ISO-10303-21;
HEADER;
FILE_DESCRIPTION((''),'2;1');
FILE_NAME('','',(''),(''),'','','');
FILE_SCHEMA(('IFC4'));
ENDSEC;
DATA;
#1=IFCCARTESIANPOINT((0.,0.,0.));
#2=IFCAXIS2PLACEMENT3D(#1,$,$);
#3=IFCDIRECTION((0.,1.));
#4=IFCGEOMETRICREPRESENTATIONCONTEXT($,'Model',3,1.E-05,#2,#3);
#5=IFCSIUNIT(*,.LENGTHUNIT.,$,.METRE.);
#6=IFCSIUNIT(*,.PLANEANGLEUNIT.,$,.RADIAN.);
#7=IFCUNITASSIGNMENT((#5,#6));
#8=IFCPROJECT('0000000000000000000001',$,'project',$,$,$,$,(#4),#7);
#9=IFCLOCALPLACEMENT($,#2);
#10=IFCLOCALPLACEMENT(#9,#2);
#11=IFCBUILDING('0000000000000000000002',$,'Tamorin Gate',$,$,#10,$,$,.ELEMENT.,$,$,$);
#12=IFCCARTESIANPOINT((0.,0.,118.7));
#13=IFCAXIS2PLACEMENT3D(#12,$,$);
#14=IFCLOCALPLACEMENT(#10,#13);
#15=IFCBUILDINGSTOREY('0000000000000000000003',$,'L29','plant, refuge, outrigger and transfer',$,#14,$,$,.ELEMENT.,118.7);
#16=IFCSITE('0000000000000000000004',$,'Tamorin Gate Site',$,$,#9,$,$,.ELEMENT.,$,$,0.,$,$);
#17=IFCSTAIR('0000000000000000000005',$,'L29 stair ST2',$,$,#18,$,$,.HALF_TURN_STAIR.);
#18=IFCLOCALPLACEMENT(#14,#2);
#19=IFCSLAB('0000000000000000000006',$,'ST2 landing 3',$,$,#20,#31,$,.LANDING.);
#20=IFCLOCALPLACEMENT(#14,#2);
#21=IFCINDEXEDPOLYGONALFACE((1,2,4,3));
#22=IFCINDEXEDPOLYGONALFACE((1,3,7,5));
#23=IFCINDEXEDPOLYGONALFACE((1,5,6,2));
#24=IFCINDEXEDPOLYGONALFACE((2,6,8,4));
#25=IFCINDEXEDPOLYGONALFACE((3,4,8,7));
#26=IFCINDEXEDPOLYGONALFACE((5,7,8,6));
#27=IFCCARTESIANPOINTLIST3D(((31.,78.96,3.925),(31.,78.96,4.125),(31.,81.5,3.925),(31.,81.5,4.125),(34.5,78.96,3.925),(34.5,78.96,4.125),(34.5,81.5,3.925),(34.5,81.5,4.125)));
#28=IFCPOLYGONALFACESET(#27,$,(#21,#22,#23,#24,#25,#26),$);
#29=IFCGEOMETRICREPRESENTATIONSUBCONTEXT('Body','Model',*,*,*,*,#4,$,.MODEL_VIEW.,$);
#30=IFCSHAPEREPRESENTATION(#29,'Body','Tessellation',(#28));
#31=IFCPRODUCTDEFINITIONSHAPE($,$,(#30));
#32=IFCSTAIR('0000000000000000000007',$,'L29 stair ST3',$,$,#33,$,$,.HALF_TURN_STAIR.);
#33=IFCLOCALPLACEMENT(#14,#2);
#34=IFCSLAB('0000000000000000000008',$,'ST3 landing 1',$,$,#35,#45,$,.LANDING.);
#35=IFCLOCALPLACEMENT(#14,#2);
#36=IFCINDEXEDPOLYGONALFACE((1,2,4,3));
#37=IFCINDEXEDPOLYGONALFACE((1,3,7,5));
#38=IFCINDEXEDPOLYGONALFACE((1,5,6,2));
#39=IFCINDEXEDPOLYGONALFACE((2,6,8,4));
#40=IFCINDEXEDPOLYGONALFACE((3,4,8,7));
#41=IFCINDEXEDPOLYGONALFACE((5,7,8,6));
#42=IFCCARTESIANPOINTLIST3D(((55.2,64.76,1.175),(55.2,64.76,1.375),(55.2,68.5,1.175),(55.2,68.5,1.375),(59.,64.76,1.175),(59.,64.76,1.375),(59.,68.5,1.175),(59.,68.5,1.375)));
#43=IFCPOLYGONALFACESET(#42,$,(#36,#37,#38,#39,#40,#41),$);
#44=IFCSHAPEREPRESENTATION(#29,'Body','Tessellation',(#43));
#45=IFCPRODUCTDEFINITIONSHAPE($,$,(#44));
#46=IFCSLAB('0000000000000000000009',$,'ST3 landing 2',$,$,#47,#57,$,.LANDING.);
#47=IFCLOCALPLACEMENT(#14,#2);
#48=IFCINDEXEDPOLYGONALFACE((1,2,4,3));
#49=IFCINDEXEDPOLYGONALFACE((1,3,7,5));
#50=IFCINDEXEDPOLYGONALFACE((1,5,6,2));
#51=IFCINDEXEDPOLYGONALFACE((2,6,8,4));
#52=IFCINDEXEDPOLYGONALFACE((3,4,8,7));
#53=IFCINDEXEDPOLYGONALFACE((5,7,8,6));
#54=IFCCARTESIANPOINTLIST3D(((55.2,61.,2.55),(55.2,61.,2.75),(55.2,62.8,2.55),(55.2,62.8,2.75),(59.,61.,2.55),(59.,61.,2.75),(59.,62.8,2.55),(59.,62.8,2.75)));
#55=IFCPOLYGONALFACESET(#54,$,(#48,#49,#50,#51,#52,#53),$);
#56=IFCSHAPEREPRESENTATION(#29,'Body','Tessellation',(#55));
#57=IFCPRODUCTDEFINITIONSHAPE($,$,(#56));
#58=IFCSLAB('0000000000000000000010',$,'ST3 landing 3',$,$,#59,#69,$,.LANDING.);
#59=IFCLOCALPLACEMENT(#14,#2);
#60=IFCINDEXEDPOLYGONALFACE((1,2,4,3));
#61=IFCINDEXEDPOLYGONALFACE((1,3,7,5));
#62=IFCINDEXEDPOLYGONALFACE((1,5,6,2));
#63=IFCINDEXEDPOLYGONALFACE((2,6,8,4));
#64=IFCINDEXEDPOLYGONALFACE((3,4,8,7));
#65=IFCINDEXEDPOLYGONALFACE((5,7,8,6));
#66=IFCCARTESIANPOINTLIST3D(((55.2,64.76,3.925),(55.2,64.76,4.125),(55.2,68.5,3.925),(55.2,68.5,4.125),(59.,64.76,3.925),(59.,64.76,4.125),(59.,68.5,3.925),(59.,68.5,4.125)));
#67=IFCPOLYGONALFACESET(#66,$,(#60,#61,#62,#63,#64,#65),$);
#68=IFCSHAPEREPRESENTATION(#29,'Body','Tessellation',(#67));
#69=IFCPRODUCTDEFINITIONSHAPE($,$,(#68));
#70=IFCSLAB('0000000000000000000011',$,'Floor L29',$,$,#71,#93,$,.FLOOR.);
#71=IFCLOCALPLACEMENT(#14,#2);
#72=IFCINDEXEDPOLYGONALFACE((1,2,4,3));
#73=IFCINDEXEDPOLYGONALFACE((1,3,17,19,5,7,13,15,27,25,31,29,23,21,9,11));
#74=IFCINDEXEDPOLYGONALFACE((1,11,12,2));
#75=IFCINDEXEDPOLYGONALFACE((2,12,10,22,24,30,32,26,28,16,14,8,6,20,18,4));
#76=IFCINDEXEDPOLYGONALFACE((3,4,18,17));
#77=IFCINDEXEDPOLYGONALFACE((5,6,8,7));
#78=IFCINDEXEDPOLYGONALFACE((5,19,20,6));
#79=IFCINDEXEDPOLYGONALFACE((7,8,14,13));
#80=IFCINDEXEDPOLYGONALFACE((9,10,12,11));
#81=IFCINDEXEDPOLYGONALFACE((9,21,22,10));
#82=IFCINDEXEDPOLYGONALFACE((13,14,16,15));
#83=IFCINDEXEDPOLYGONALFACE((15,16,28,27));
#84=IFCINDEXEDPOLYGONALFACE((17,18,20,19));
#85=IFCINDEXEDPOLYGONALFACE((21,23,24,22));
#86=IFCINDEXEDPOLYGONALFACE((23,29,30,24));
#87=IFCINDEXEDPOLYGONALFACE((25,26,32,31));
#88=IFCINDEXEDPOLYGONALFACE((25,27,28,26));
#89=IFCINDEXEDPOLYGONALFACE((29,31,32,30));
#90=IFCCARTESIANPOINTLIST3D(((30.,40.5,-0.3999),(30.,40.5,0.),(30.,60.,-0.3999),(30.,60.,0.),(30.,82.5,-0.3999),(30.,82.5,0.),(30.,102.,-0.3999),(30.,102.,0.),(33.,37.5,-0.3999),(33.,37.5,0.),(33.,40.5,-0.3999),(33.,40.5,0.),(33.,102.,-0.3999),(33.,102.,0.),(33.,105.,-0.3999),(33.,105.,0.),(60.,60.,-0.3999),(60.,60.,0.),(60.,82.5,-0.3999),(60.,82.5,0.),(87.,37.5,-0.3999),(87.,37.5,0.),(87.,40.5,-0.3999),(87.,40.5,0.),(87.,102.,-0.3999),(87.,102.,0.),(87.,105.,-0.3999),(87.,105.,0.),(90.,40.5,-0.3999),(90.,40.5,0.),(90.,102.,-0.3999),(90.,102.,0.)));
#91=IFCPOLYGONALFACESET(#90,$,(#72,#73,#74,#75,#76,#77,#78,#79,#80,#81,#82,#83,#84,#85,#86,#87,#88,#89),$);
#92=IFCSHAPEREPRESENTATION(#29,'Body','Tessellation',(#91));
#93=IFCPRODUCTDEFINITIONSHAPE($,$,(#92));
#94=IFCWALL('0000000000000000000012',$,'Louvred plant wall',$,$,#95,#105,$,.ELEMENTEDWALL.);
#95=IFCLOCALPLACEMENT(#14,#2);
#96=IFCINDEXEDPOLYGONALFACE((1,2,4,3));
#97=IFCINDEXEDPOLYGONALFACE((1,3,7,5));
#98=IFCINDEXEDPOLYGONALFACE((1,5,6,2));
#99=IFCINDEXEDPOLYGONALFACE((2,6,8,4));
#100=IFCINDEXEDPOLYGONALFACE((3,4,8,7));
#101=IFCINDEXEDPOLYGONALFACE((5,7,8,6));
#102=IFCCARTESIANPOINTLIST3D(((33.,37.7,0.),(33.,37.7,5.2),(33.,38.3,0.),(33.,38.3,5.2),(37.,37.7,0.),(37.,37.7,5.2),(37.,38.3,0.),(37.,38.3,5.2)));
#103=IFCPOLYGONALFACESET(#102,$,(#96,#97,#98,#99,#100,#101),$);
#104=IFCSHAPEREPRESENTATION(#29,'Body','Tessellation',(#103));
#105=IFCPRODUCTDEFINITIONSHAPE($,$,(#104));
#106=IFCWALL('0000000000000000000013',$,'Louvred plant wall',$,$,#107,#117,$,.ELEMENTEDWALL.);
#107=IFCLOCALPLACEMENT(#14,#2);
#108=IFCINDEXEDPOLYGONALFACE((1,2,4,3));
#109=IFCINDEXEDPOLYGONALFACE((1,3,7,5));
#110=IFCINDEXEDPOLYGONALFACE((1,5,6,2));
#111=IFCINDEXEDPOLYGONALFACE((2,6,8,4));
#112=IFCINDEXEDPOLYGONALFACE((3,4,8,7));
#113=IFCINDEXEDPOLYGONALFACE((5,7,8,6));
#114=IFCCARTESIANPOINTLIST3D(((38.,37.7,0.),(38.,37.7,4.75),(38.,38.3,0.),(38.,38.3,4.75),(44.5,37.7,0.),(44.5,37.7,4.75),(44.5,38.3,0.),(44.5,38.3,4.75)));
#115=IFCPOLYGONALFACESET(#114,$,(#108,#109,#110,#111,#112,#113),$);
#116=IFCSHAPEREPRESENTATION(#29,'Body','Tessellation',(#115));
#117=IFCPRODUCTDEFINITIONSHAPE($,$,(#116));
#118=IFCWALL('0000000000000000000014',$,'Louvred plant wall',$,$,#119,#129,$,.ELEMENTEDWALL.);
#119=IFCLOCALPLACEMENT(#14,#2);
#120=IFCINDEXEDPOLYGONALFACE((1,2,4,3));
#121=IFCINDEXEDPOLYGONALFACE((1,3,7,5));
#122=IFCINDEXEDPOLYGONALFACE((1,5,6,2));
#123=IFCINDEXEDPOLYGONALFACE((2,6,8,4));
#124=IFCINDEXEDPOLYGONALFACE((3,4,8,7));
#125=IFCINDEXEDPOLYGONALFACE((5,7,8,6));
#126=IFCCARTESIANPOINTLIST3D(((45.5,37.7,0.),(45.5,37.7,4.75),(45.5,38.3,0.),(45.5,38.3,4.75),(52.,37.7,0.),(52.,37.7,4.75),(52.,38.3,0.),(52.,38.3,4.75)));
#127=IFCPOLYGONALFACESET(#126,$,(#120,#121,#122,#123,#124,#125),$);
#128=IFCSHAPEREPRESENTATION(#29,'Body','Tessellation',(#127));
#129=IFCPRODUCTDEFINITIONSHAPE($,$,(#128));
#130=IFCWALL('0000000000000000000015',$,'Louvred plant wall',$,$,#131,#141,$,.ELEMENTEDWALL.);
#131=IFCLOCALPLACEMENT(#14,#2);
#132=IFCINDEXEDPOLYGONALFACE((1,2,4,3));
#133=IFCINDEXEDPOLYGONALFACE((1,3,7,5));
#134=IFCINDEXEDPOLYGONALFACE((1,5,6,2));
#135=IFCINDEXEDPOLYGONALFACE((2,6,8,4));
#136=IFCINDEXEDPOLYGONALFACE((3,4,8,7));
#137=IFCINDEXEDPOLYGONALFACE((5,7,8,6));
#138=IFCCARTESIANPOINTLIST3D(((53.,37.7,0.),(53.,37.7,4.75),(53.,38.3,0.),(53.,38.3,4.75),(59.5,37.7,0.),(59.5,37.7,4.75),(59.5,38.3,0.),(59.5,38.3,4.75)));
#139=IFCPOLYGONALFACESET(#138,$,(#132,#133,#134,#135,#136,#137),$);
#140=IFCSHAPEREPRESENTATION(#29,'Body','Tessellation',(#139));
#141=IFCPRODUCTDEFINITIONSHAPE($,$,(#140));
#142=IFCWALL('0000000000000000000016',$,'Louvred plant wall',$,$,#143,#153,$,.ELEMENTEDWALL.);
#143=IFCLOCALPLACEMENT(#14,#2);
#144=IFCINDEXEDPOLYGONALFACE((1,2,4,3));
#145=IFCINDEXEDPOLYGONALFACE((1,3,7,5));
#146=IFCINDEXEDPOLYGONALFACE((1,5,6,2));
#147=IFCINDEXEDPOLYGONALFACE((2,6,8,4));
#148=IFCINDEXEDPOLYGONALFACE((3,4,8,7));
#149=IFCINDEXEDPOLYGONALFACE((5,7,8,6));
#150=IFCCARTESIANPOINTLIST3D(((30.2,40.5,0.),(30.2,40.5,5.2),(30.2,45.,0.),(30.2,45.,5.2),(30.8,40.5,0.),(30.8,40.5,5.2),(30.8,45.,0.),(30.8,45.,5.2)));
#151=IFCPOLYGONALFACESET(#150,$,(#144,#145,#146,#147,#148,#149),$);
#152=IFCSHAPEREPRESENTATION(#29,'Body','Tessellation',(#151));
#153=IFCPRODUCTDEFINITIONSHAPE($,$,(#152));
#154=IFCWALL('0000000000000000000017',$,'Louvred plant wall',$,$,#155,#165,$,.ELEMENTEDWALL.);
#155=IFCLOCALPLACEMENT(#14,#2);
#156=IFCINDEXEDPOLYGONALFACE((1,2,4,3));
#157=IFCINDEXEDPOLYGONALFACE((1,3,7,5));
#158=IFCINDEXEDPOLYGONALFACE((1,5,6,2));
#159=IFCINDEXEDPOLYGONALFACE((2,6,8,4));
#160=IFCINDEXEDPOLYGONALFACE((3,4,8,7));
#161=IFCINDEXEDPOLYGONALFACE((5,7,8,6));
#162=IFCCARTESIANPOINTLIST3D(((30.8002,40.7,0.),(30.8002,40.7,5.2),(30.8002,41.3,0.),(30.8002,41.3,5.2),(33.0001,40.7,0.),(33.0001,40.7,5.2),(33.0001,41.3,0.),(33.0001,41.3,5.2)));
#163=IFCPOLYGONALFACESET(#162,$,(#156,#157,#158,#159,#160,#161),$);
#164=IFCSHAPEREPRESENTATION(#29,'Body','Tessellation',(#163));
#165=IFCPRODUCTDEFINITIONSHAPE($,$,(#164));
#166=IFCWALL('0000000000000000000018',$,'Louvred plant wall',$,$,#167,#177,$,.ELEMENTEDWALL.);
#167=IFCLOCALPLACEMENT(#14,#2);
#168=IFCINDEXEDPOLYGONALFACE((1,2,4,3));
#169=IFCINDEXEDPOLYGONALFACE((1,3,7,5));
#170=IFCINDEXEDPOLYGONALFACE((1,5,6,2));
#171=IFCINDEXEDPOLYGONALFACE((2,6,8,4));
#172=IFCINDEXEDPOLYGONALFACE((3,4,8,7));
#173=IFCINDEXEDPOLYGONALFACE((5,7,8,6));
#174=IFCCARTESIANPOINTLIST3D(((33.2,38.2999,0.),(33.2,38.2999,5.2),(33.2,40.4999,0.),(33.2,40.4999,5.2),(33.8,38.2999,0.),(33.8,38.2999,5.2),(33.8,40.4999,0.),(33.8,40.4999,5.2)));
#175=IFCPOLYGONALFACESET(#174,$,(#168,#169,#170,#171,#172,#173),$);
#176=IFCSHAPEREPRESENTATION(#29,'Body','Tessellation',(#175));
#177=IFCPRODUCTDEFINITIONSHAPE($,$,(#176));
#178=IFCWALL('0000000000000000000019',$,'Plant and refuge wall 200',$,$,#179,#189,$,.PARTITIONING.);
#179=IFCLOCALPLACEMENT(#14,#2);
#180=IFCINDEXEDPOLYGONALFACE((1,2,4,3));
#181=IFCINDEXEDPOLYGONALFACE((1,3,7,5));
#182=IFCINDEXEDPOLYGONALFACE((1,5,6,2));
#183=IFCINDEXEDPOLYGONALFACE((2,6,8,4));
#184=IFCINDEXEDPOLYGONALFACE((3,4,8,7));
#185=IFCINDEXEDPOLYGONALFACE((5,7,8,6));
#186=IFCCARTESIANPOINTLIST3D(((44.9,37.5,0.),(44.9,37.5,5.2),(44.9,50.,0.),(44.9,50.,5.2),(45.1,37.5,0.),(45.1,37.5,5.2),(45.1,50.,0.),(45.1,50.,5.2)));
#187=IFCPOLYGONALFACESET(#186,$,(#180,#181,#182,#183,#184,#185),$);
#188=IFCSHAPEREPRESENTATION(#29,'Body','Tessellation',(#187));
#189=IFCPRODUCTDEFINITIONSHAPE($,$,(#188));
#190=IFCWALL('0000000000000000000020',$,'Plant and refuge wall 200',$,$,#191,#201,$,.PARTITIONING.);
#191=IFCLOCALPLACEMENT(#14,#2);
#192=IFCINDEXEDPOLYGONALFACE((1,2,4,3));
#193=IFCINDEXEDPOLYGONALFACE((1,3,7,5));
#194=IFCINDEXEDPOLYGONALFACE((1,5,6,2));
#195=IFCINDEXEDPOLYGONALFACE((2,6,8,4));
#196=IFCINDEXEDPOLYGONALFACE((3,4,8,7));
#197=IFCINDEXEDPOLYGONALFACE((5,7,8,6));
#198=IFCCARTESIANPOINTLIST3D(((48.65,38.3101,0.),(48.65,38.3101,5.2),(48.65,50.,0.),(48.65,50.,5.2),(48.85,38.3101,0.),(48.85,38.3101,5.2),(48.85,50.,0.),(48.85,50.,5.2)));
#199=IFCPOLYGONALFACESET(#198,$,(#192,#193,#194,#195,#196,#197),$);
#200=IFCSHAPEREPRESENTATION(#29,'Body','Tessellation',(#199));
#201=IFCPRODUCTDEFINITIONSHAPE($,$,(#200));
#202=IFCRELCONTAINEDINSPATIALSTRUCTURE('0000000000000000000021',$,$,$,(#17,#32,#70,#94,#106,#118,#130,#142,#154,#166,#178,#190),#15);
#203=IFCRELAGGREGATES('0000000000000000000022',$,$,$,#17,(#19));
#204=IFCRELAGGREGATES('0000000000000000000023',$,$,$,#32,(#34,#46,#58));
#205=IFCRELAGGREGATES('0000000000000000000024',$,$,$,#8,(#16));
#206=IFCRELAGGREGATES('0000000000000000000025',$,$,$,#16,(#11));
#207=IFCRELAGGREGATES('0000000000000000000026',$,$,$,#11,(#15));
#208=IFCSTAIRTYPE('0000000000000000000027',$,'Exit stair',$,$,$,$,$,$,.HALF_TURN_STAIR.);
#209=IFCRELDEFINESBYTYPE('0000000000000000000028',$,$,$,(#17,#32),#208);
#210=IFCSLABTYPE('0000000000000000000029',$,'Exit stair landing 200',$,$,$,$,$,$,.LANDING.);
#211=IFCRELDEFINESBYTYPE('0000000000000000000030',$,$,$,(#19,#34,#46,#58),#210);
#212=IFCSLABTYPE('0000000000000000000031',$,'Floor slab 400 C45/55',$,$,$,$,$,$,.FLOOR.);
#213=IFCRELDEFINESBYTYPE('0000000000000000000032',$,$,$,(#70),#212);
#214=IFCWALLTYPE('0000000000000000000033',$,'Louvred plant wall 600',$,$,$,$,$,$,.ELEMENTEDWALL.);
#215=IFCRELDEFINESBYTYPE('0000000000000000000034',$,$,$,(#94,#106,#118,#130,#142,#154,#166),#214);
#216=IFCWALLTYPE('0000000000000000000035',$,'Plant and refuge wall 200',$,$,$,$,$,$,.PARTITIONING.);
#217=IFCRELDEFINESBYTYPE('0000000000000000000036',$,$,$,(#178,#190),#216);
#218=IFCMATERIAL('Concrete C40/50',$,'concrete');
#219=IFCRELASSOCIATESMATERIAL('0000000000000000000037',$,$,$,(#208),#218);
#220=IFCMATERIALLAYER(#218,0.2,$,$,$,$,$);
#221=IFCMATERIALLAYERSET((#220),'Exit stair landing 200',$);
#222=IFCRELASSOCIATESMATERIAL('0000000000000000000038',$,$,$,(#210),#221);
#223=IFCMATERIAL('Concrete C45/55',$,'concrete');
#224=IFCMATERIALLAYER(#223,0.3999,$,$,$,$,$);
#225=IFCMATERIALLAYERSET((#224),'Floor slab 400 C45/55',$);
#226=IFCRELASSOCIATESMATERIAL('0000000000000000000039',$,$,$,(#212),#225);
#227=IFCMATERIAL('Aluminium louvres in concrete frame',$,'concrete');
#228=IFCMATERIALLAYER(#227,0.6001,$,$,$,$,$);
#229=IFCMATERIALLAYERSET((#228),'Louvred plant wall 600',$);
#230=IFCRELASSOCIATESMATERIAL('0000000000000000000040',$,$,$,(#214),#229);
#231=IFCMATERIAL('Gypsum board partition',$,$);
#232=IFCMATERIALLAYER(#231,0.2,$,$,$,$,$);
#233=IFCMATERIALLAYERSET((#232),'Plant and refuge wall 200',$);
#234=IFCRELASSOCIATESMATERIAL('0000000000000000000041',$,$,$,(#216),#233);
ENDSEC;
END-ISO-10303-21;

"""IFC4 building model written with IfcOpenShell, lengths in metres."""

from ifc_helpers import new_model, si_unit, direction, frame, frame_2d, origin, place, context, subcontext, project, spatial, polyline, rectangle, outline, extrude, material, layer, layer_set, type_object, element, aggregate, save


model = new_model("IFC4")

# Units and contexts
model_context = context("Model", 3, precision=1e-05, world=origin(), true_north=direction((0.0, 1.0)))
body_context = subcontext(model_context, "Body", "Model", "MODEL_VIEW")
ifc_project = project(units=[si_unit("LENGTHUNIT", "METRE"), si_unit("PLANEANGLEUNIT", "RADIAN")], contexts=[model_context])

# Site, building, storey
site_placement = place(None, origin())
site = spatial("IfcSite", under=ifc_project, at=site_placement, Name="Tamorin Gate Site", CompositionType="ELEMENT", RefElevation=0.0)
building_placement = place(site_placement, origin())
building = spatial("IfcBuilding", under=site, at=building_placement, Name="Tamorin Gate", CompositionType="ELEMENT")
storey_placement = place(building_placement, frame((0.0, 0.0, 118.7)))
storey = spatial("IfcBuildingStorey", under=building, at=storey_placement, Name="L29", Description="plant, refuge, outrigger and transfer", CompositionType="ELEMENT", Elevation=118.7)

# Shared definitions
ifc_material_1 = material(Name="Concrete C40/50", Category="concrete")

# Stairs, slabs
stair_type = type_object("IfcStairType", Name="Exit stair", PredefinedType="HALF_TURN_STAIR", material=ifc_material_1)
ifc_layer_1 = layer(ifc_material_1, 0.2)
ifc_layer_set_1 = layer_set([ifc_layer_1], Name="Exit stair landing 200")
slab_type_1 = type_object("IfcSlabType", Name="Exit stair landing 200", PredefinedType="LANDING", material=ifc_layer_set_1)
stair_1_placement = place(storey_placement, origin())
stair_1 = element("IfcStair", 1, at=stair_1_placement, inside=storey, type_object=stair_type, Name="L29 stair ST2", PredefinedType="HALF_TURN_STAIR")
slab_1_placement = place(storey_placement, frame((0.0, 0.0, 3.925)))
slab_1 = element("IfcSlab", 2, at=slab_1_placement, type_object=slab_type_1, Name="ST2 landing 3", PredefinedType="LANDING", context=body_context, shape_type="SweptSolid", body=[
    extrude(outline(polyline([(34.5, 78.96), (34.5, 81.5), (31.0, 81.5), (31.0, 78.96), (34.5, 78.96)])), origin(), (0.0, 0.0, 1.0), 0.2),
])
aggregate(stair_1, [slab_1])
stair_2_placement = place(storey_placement, origin())
stair_2 = element("IfcStair", 3, at=stair_2_placement, inside=storey, type_object=stair_type, Name="L29 stair ST3", PredefinedType="HALF_TURN_STAIR")
slab_2_placement = place(storey_placement, frame((0.0, 0.0, 1.175)))
slab_2 = element("IfcSlab", 4, at=slab_2_placement, type_object=slab_type_1, Name="ST3 landing 1", PredefinedType="LANDING", context=body_context, shape_type="SweptSolid", body=[
    extrude(outline(polyline([(59.0, 64.76), (59.0, 68.5), (55.2, 68.5), (55.2, 64.76), (59.0, 64.76)])), origin(), (0.0, 0.0, 1.0), 0.2),
])
slab_3_placement = place(storey_placement, frame((0.0, 0.0, 2.55)))
slab_3 = element("IfcSlab", 5, at=slab_3_placement, type_object=slab_type_1, Name="ST3 landing 2", PredefinedType="LANDING", context=body_context, shape_type="SweptSolid", body=[
    extrude(outline(polyline([(59.0, 61.0), (59.0, 62.8), (55.2, 62.8), (55.2, 61.0), (59.0, 61.0)])), origin(), (0.0, 0.0, 1.0), 0.2),
])
slab_4_placement = place(storey_placement, frame((0.0, 0.0, 3.925)))
slab_4 = element("IfcSlab", 6, at=slab_4_placement, type_object=slab_type_1, Name="ST3 landing 3", PredefinedType="LANDING", context=body_context, shape_type="SweptSolid", body=[
    extrude(outline(polyline([(59.0, 64.76), (59.0, 68.5), (55.2, 68.5), (55.2, 64.76), (59.0, 64.76)])), origin(), (0.0, 0.0, 1.0), 0.2),
])
aggregate(stair_2, [slab_2, slab_3, slab_4])

# Slab
ifc_material_2 = material(Name="Concrete C45/55", Category="concrete")
ifc_layer_2 = layer(ifc_material_2, 0.3999)
ifc_layer_set_2 = layer_set([ifc_layer_2], Name="Floor slab 400 C45/55")
slab_type_2 = type_object("IfcSlabType", Name="Floor slab 400 C45/55", PredefinedType="FLOOR", material=ifc_layer_set_2)
slab_5_placement = place(storey_placement, frame((0.0, 0.0, -0.3999)))
element("IfcSlab", 7, at=slab_5_placement, inside=storey, type_object=slab_type_2, Name="Floor L29", PredefinedType="FLOOR", context=body_context, shape_type="SweptSolid", body=[
    extrude(outline(polyline([(30.0, 102.0), (33.0, 102.0), (33.0, 105.0), (87.0, 105.0), (87.0, 102.0), (90.0, 102.0), (90.0, 40.5), (87.0, 40.5), (87.0, 37.5), (33.0, 37.5), (33.0, 40.5), (30.0, 40.5), (30.0, 60.0), (60.0, 60.0), (60.0, 82.5), (30.0, 82.5), (30.0, 102.0)])), origin(), (0.0, 0.0, 1.0), 0.3999),
])

# Walls
ifc_material_3 = material(Name="Aluminium louvres in concrete frame", Category="concrete")
ifc_layer_3 = layer(ifc_material_3, 0.6001)
ifc_layer_set_3 = layer_set([ifc_layer_3], Name="Louvred plant wall 600")
wall_type_1 = type_object("IfcWallType", Name="Louvred plant wall 600", PredefinedType="ELEMENTEDWALL", material=ifc_layer_set_3)
wall_1_placement = place(storey_placement, frame((33.0, 38.0, 0.0), z_axis=(0.0, 0.0, 1.0), x_axis=(1.0, 0.0, 0.0)))
element("IfcWall", 8, at=wall_1_placement, inside=storey, type_object=wall_type_1, Name="Louvred plant wall", PredefinedType="ELEMENTEDWALL", context=body_context, shape_type="SweptSolid", body=[
    extrude(rectangle(XDim=4.0, YDim=0.6001, at=frame_2d((2.0, 0.0))), origin(), (0.0, 0.0, 1.0), 5.2),
])
for number, where, z_axis, x_axis, name in (
    (9, (38.0, 38.0, 0.0), (0.0, 0.0, 1.0), (1.0, 0.0, 0.0), "Louvred plant wall"),
    (10, (45.5, 38.0, 0.0), (0.0, 0.0, 1.0), (1.0, 0.0, 0.0), "Louvred plant wall"),
    (11, (53.0, 38.0, 0.0), (0.0, 0.0, 1.0), (1.0, 0.0, 0.0), "Louvred plant wall"),
):
    element("IfcWall", number, at=place(storey_placement, frame(where, z_axis=z_axis, x_axis=x_axis)), inside=storey, type_object=wall_type_1, Name=name, PredefinedType="ELEMENTEDWALL", context=body_context, shape_type="SweptSolid", body=[
        extrude(rectangle(XDim=6.5, YDim=0.6001, at=frame_2d((3.25, 0.0))), origin(), (0.0, 0.0, 1.0), 4.75),
    ])
wall_2_placement = place(storey_placement, frame((30.5, 45.0, 0.0), z_axis=(0.0, 0.0, 1.0), x_axis=(0.0, -1.0, 0.0)))
element("IfcWall", 12, at=wall_2_placement, inside=storey, type_object=wall_type_1, Name="Louvred plant wall", PredefinedType="ELEMENTEDWALL", context=body_context, shape_type="SweptSolid", body=[
    extrude(rectangle(XDim=4.5, YDim=0.6001, at=frame_2d((2.25, 0.0))), origin(), (0.0, 0.0, 1.0), 5.2),
])
for number, where, z_axis, x_axis, name in (
    (13, (30.8, 41.0, 0.0), (0.0, 0.0, 1.0), (1.0, 0.0, 0.0), "Louvred plant wall"),
    (14, (33.5, 40.5, 0.0), (0.0, 0.0, 1.0), (0.0, -1.0, 0.0), "Louvred plant wall"),
):
    element("IfcWall", number, at=place(storey_placement, frame(where, z_axis=z_axis, x_axis=x_axis)), inside=storey, type_object=wall_type_1, Name=name, PredefinedType="ELEMENTEDWALL", context=body_context, shape_type="SweptSolid", body=[
        extrude(rectangle(XDim=2.2, YDim=0.6001, at=frame_2d((1.1001, 0.0))), origin(), (0.0, 0.0, 1.0), 5.2),
    ])
ifc_material_4 = material(Name="Gypsum board partition")
ifc_layer_4 = layer(ifc_material_4, 0.2)
ifc_layer_set_4 = layer_set([ifc_layer_4], Name="Plant and refuge wall 200")
wall_type_2 = type_object("IfcWallType", Name="Plant and refuge wall 200", PredefinedType="PARTITIONING", material=ifc_layer_set_4)
wall_3_placement = place(storey_placement, frame((45.0, 37.5, 0.0), z_axis=(0.0, 0.0, 1.0), x_axis=(0.0, 1.0, 0.0)))
element("IfcWall", 15, at=wall_3_placement, inside=storey, type_object=wall_type_2, Name="Plant and refuge wall 200", PredefinedType="PARTITIONING", context=body_context, shape_type="SweptSolid", body=[
    extrude(rectangle(XDim=12.5, YDim=0.2, at=frame_2d((6.25, 0.0))), origin(), (0.0, 0.0, 1.0), 5.2),
])
wall_4_placement = place(storey_placement, frame((48.75, 38.3101, 0.0), z_axis=(0.0, 0.0, 1.0), x_axis=(0.0, 1.0, 0.0)))
element("IfcWall", 16, at=wall_4_placement, inside=storey, type_object=wall_type_2, Name="Plant and refuge wall 200", PredefinedType="PARTITIONING", context=body_context, shape_type="SweptSolid", body=[
    extrude(rectangle(XDim=11.6899, YDim=0.2, at=frame_2d((5.845, 0.0))), origin(), (0.0, 0.0, 1.0), 5.2),
])

save(model, "model.ifc")
